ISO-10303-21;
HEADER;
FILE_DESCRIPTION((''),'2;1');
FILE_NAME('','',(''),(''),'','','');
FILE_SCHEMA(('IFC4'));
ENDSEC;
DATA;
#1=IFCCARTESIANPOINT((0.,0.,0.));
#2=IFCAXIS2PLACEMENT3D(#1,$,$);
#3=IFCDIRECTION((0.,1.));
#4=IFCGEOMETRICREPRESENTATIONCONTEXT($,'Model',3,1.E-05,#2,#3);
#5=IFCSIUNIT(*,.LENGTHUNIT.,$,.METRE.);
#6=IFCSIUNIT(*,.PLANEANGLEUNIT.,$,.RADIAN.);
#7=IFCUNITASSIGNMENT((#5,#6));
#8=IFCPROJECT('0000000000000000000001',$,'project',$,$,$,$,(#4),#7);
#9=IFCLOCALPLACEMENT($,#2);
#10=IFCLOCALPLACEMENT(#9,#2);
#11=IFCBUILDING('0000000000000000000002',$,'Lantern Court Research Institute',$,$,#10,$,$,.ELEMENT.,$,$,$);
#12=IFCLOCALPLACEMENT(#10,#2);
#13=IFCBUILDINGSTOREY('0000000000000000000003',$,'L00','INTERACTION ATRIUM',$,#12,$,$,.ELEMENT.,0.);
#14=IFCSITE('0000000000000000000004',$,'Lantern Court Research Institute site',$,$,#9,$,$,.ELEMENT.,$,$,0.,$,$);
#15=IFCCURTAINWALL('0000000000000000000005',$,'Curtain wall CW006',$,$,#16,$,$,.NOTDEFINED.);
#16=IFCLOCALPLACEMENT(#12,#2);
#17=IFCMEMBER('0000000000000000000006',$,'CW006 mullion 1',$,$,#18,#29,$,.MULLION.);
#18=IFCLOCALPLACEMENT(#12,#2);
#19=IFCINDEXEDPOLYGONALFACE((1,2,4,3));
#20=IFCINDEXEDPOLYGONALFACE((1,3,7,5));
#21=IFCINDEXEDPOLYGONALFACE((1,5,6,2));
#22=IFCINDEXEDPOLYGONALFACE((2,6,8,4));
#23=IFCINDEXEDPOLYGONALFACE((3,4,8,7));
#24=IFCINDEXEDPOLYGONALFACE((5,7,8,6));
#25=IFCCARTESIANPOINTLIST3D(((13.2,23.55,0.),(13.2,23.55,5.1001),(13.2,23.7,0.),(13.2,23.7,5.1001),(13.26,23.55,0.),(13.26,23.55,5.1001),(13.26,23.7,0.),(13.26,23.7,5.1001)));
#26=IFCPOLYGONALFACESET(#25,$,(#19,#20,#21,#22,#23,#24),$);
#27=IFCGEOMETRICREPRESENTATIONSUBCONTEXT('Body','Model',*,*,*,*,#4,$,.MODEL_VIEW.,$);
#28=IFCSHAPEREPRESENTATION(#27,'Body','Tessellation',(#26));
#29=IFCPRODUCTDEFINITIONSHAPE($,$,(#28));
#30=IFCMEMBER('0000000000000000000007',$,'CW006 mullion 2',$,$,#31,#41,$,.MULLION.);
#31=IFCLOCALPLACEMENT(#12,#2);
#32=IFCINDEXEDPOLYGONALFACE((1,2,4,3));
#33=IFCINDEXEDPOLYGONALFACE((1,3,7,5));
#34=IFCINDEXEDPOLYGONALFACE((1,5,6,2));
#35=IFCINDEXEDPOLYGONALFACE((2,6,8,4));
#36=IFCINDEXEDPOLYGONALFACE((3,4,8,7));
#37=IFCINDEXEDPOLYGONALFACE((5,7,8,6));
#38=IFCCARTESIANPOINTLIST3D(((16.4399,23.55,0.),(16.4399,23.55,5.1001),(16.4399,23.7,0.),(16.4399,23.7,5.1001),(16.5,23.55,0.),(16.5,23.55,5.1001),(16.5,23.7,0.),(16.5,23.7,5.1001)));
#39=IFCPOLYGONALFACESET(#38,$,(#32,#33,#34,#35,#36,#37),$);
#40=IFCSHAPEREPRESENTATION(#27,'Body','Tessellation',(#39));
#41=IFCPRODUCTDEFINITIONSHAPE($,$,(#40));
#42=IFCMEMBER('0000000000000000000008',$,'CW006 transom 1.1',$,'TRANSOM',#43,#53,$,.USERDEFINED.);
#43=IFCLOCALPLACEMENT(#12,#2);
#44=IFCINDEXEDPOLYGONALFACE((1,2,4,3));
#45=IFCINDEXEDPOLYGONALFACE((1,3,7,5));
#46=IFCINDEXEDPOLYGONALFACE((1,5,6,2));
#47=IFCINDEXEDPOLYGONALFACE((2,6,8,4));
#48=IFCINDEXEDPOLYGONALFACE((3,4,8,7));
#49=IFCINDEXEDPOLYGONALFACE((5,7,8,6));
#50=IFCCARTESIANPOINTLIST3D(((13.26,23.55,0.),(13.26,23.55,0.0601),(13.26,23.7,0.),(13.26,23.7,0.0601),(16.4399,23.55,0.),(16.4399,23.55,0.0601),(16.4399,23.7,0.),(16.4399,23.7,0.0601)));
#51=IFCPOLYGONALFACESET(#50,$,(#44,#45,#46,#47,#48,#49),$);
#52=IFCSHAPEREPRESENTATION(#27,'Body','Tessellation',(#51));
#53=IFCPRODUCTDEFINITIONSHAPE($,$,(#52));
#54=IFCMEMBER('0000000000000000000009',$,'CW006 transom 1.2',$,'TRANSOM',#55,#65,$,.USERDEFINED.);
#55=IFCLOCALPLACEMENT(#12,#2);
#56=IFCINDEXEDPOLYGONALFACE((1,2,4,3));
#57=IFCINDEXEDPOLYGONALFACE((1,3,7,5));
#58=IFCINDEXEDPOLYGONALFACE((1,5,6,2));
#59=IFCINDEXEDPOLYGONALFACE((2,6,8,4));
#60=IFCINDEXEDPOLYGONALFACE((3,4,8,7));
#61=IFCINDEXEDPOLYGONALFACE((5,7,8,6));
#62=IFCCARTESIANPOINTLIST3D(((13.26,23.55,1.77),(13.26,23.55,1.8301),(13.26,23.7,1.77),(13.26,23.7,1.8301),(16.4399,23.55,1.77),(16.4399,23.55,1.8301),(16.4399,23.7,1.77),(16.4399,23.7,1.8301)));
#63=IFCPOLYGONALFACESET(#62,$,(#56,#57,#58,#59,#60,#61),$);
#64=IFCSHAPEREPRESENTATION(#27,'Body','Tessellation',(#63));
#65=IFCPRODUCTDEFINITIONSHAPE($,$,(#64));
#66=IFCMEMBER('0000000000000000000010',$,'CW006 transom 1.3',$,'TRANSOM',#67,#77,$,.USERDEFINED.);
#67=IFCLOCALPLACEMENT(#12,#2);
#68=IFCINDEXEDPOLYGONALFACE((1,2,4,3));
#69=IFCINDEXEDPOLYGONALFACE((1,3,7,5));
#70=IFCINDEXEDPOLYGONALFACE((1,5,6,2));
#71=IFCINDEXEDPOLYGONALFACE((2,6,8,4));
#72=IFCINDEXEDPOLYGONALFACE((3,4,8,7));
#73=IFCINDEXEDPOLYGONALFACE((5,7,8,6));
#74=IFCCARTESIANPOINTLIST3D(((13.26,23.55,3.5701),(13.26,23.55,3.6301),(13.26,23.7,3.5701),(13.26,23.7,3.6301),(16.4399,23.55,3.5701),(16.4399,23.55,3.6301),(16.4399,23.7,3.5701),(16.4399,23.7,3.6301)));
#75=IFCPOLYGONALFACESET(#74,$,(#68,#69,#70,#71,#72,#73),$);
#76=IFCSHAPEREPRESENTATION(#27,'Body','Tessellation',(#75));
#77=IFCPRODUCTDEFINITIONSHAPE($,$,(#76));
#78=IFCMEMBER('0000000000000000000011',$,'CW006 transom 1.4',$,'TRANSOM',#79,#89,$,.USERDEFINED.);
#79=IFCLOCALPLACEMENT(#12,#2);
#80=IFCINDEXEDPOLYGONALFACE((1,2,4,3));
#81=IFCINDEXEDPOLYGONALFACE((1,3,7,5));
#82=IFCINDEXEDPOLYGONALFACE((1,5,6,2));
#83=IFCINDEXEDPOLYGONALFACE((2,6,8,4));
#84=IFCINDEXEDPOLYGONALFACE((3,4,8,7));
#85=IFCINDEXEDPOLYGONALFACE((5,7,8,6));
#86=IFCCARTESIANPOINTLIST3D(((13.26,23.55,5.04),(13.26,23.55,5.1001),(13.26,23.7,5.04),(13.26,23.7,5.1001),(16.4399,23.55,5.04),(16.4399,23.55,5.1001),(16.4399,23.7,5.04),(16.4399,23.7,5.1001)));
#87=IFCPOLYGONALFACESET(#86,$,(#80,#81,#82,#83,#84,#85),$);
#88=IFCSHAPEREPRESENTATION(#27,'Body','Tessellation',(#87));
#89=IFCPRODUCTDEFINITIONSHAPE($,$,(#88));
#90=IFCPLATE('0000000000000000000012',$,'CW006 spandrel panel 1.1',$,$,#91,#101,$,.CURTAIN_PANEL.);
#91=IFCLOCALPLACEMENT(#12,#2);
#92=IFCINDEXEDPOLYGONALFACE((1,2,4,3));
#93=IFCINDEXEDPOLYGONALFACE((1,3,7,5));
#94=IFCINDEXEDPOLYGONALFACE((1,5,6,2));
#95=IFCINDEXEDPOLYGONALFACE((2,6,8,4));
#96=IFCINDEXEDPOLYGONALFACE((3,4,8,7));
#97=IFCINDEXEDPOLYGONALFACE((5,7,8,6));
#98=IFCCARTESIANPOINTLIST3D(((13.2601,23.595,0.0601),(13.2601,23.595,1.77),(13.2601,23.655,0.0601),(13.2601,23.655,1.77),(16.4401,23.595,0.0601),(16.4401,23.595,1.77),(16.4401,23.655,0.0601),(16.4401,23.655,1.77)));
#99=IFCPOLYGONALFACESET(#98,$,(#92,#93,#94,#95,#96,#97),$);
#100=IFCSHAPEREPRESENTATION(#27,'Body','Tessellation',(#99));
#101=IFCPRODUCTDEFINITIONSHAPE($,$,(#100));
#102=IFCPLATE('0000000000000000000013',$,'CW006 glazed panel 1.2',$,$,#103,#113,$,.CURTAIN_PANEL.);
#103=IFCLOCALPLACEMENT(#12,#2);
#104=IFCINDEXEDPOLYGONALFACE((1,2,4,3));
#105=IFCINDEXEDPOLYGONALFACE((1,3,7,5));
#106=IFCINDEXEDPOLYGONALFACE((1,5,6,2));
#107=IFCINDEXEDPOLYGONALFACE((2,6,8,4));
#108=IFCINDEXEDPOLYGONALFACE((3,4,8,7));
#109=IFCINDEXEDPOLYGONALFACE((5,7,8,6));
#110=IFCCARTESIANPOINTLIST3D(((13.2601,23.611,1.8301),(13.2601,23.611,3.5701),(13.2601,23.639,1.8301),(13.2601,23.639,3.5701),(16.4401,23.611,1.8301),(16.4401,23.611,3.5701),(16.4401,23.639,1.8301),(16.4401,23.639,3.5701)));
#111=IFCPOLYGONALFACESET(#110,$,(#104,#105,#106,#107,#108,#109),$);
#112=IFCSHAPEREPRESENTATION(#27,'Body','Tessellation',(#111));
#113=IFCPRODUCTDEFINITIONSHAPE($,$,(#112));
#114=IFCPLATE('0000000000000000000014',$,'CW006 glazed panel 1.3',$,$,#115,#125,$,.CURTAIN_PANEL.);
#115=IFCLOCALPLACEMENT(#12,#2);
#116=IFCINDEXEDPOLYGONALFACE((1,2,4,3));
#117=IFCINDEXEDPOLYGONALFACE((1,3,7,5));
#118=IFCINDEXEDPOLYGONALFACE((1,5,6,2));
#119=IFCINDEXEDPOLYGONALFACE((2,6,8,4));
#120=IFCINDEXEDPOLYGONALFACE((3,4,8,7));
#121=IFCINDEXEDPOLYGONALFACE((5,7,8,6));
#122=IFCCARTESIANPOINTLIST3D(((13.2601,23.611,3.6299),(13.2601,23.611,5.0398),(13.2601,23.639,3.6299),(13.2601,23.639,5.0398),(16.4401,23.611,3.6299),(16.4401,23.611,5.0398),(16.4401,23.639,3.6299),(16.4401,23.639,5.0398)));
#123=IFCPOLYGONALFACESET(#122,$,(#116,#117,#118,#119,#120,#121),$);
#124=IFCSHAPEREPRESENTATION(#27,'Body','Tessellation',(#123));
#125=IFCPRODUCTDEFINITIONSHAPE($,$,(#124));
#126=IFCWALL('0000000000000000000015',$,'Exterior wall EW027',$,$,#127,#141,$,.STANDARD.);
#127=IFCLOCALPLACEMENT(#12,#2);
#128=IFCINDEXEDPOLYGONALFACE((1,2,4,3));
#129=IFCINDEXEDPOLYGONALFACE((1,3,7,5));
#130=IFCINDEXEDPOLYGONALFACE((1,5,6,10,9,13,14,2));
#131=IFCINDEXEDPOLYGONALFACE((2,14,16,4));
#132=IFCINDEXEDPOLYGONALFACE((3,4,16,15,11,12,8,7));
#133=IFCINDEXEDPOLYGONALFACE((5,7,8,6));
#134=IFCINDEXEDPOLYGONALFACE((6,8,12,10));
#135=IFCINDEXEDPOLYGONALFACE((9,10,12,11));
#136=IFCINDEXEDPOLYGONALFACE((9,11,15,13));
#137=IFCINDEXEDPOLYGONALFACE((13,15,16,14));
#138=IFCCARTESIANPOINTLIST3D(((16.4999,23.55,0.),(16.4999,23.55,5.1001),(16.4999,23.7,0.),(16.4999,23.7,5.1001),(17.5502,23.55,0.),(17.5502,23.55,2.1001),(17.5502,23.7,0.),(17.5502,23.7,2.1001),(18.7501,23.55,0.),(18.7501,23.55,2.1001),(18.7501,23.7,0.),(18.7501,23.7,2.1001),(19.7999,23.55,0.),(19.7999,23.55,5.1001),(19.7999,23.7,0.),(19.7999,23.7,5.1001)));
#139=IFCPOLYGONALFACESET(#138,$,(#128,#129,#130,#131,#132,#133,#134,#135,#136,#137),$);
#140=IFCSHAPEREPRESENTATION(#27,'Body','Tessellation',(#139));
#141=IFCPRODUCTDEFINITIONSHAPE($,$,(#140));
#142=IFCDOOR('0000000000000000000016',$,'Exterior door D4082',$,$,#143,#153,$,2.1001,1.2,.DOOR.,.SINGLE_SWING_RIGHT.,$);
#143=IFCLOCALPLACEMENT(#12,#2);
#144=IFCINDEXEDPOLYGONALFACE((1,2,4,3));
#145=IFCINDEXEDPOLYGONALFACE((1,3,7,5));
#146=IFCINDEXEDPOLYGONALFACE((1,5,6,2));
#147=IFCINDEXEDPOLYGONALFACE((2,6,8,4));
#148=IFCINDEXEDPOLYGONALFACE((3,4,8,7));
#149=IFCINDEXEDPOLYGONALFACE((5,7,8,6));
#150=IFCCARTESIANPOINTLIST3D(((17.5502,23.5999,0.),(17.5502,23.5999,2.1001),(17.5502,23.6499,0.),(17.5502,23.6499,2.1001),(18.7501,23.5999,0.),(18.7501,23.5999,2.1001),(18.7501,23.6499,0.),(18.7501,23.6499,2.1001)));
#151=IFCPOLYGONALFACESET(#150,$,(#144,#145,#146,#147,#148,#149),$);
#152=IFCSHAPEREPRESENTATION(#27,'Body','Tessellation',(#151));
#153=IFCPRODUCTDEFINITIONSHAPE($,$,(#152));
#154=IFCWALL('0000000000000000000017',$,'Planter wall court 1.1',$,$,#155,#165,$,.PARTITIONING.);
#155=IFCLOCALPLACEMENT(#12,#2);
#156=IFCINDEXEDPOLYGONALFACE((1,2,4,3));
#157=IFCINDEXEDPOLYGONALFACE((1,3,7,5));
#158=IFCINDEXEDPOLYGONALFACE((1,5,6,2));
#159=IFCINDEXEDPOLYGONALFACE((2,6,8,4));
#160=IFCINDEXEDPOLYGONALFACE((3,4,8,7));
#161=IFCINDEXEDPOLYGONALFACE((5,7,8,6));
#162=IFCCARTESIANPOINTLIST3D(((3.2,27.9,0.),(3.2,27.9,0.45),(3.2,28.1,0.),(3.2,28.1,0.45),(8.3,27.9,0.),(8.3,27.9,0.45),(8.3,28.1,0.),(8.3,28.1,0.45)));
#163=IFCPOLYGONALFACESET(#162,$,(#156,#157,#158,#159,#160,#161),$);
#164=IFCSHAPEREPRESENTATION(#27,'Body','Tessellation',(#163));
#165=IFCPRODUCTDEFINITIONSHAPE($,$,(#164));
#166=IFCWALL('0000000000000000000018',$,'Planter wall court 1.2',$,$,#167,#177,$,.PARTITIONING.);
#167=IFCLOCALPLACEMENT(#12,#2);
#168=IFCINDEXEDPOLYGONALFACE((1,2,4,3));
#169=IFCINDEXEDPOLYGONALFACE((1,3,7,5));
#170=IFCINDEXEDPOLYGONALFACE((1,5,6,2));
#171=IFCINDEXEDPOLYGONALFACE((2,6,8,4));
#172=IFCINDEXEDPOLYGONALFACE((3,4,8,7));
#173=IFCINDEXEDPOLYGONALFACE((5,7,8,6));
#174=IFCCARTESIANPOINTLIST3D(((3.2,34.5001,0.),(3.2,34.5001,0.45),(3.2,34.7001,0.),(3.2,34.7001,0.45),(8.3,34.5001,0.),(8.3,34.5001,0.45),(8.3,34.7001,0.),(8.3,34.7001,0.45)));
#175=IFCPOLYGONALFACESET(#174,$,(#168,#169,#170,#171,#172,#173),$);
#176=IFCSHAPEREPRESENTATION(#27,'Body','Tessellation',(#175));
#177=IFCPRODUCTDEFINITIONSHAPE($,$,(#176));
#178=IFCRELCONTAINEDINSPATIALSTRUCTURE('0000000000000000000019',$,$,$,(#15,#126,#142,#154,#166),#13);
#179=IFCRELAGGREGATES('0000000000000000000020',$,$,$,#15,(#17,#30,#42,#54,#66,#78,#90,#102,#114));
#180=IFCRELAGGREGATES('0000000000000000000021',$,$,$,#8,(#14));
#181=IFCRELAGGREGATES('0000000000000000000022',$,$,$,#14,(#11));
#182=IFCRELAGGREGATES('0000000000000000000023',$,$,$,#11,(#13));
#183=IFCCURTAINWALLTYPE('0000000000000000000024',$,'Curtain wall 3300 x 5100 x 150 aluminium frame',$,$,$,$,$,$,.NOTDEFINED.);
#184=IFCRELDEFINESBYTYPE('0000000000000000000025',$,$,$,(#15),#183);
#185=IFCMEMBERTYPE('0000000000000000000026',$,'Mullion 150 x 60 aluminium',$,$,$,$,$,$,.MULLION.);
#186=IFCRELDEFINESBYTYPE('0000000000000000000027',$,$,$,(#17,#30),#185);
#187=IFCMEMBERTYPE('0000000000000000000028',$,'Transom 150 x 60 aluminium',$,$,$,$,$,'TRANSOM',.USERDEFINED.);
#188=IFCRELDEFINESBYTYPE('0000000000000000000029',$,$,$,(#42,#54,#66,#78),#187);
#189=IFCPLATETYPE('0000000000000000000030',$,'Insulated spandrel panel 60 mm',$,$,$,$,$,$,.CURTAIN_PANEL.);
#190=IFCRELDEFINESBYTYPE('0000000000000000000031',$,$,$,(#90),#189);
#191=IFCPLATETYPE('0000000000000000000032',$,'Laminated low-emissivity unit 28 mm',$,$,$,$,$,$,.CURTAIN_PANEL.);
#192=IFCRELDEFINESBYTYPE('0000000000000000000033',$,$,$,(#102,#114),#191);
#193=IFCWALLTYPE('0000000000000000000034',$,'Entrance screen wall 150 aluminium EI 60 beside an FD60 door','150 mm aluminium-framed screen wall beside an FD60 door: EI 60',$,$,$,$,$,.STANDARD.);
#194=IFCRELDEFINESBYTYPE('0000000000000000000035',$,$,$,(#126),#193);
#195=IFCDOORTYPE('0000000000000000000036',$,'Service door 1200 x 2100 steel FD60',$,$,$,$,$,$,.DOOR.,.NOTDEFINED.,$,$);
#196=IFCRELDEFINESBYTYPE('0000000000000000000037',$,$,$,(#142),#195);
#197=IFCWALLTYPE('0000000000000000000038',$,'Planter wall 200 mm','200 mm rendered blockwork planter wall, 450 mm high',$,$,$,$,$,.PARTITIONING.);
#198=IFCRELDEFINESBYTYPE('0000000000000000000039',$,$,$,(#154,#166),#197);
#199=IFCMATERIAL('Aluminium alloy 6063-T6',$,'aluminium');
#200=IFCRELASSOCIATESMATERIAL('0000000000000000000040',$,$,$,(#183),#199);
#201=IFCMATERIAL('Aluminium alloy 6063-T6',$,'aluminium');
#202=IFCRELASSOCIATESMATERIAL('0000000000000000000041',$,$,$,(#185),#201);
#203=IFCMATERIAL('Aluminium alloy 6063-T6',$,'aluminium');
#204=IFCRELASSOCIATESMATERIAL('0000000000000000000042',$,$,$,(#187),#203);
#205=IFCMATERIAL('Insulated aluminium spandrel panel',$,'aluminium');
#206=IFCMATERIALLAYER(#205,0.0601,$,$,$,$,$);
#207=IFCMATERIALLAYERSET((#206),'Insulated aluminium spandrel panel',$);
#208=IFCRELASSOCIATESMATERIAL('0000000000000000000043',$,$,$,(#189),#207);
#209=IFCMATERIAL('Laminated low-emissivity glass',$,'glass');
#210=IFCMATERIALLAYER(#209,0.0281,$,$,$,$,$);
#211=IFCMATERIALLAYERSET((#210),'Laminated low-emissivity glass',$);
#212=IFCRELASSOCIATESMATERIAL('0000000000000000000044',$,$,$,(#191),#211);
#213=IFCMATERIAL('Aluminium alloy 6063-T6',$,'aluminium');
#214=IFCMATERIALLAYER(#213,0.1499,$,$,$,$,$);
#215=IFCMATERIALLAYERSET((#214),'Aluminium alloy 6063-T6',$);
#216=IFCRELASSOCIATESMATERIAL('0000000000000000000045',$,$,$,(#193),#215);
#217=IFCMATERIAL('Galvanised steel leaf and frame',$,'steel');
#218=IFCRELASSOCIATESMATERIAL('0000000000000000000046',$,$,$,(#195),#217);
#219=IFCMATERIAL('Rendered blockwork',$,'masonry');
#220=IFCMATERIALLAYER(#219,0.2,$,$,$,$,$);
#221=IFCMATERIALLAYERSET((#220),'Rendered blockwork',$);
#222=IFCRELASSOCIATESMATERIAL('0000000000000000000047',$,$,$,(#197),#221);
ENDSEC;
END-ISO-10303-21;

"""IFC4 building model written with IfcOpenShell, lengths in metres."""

from ifc_helpers import new_model, si_unit, direction, frame, frame_2d, origin, origin_2d, place, context, subcontext, project, spatial, rectangle, extrude, material, layer, layer_set, material_profile, profile_set, type_object, element, fill, aggregate, save


model = new_model("IFC4")

# Units and contexts
model_context = context("Model", 3, precision=1e-05, world=origin(), true_north=direction((0.0, 1.0)))
body_context = subcontext(model_context, "Body", "Model", "MODEL_VIEW")
ifc_project = project(units=[si_unit("LENGTHUNIT", "METRE"), si_unit("PLANEANGLEUNIT", "RADIAN")], contexts=[model_context])

# Site, building, storey
site_placement = place(None, origin())
site = spatial("IfcSite", under=ifc_project, at=site_placement, Name="Lantern Court Research Institute site", CompositionType="ELEMENT", RefElevation=0.0)
building_placement = place(site_placement, origin())
building = spatial("IfcBuilding", under=site, at=building_placement, Name="Lantern Court Research Institute", CompositionType="ELEMENT")
storey_placement = place(building_placement, origin())
storey = spatial("IfcBuildingStorey", under=building, at=storey_placement, Name="L00", Description="INTERACTION ATRIUM", CompositionType="ELEMENT", Elevation=0.0)

# Curtain wall, members, plates
ifc_material_1 = material(Name="Aluminium alloy 6063-T6", Category="aluminium")
curtain_wall_type = type_object("IfcCurtainWallType", Name="Curtain wall 3300 x 5100 x 150 aluminium frame", PredefinedType="NOTDEFINED", material=ifc_material_1)
curtain_wall_placement = place(storey_placement, origin())
curtain_wall = element("IfcCurtainWall", 1, at=curtain_wall_placement, inside=storey, type_object=curtain_wall_type, Name="Curtain wall CW006", PredefinedType="NOTDEFINED")
ifc_material_2 = material(Name="Aluminium alloy 6063-T6", Category="aluminium")
ifc_material_profile_1 = material_profile(ifc_material_2, rectangle(XDim=0.1499, YDim=0.0601, at=origin_2d()), Name="Mullion 150 x 60")
ifc_profile_set_1 = profile_set([ifc_material_profile_1], Name="Aluminium alloy 6063-T6")
member_type_1 = type_object("IfcMemberType", Name="Mullion 150 x 60 aluminium", PredefinedType="MULLION", material=ifc_profile_set_1)
member_1_placement = place(storey_placement, frame((13.23, 23.625, 0.0), z_axis=(0.0, 0.0, 1.0), x_axis=(0.0, 1.0, 0.0)))
member_1 = element("IfcMember", 2, at=member_1_placement, type_object=member_type_1, Name="CW006 mullion 1", PredefinedType="MULLION", context=body_context, shape_type="SweptSolid", body=[
    extrude(rectangle(XDim=0.1499, YDim=0.0601, at=origin_2d()), origin(), (0.0, 0.0, 1.0), 5.1001),
])
member_2_placement = place(storey_placement, frame((16.47, 23.625, 0.0), z_axis=(0.0, 0.0, 1.0), x_axis=(0.0, 1.0, 0.0)))
member_2 = element("IfcMember", 3, at=member_2_placement, type_object=member_type_1, Name="CW006 mullion 2", PredefinedType="MULLION", context=body_context, shape_type="SweptSolid", body=[
    extrude(rectangle(XDim=0.1499, YDim=0.0601, at=origin_2d()), origin(), (0.0, 0.0, 1.0), 5.1001),
])
ifc_material_3 = material(Name="Aluminium alloy 6063-T6", Category="aluminium")
ifc_material_profile_2 = material_profile(ifc_material_3, rectangle(XDim=0.1499, YDim=0.0601, at=origin_2d()), Name="Transom 150 x 60")
ifc_profile_set_2 = profile_set([ifc_material_profile_2], Name="Aluminium alloy 6063-T6")
member_type_2 = type_object("IfcMemberType", Name="Transom 150 x 60 aluminium", ElementType="TRANSOM", PredefinedType="USERDEFINED", material=ifc_profile_set_2)
member_3_placement = place(storey_placement, frame((13.26, 23.625, 0.03), z_axis=(1.0, 0.0, 0.0), x_axis=(0.0, 1.0, 0.0)))
member_3 = element("IfcMember", 4, at=member_3_placement, type_object=member_type_2, Name="CW006 transom 1.1", ObjectType="TRANSOM", PredefinedType="USERDEFINED", context=body_context, shape_type="SweptSolid", body=[
    extrude(rectangle(XDim=0.1499, YDim=0.0601, at=origin_2d()), origin(), (0.0, 0.0, 1.0), 3.1799),
])
member_4_placement = place(storey_placement, frame((13.26, 23.625, 1.8), z_axis=(1.0, 0.0, 0.0), x_axis=(0.0, 1.0, 0.0)))
member_4 = element("IfcMember", 5, at=member_4_placement, type_object=member_type_2, Name="CW006 transom 1.2", ObjectType="TRANSOM", PredefinedType="USERDEFINED", context=body_context, shape_type="SweptSolid", body=[
    extrude(rectangle(XDim=0.1499, YDim=0.0601, at=origin_2d()), origin(), (0.0, 0.0, 1.0), 3.1799),
])
member_5_placement = place(storey_placement, frame((13.26, 23.625, 3.6001), z_axis=(1.0, 0.0, 0.0), x_axis=(0.0, 1.0, 0.0)))
member_5 = element("IfcMember", 6, at=member_5_placement, type_object=member_type_2, Name="CW006 transom 1.3", ObjectType="TRANSOM", PredefinedType="USERDEFINED", context=body_context, shape_type="SweptSolid", body=[
    extrude(rectangle(XDim=0.1499, YDim=0.0601, at=origin_2d()), origin(), (0.0, 0.0, 1.0), 3.1799),
])
member_6_placement = place(storey_placement, frame((13.26, 23.625, 5.0701), z_axis=(1.0, 0.0, 0.0), x_axis=(0.0, 1.0, 0.0)))
member_6 = element("IfcMember", 7, at=member_6_placement, type_object=member_type_2, Name="CW006 transom 1.4", ObjectType="TRANSOM", PredefinedType="USERDEFINED", context=body_context, shape_type="SweptSolid", body=[
    extrude(rectangle(XDim=0.1499, YDim=0.0601, at=origin_2d()), origin(), (0.0, 0.0, 1.0), 3.1799),
])
ifc_material_4 = material(Name="Insulated aluminium spandrel panel", Category="aluminium")
ifc_layer_1 = layer(ifc_material_4, 0.0601)
ifc_layer_set_1 = layer_set([ifc_layer_1], Name="Insulated aluminium spandrel panel")
plate_type_1 = type_object("IfcPlateType", Name="Insulated spandrel panel 60 mm", PredefinedType="CURTAIN_PANEL", material=ifc_layer_set_1)
plate_1_placement = place(storey_placement, frame((14.8501, 23.625, 0.0601), z_axis=(0.0, 0.0, 1.0), x_axis=(1.0, 0.0, 0.0)))
plate_1 = element("IfcPlate", 8, at=plate_1_placement, type_object=plate_type_1, Name="CW006 spandrel panel 1.1", PredefinedType="CURTAIN_PANEL", context=body_context, shape_type="SweptSolid", body=[
    extrude(rectangle(XDim=3.1799, YDim=0.0601, at=origin_2d()), origin(), (0.0, 0.0, 1.0), 1.71),
])
ifc_material_5 = material(Name="Laminated low-emissivity glass", Category="glass")
ifc_layer_2 = layer(ifc_material_5, 0.0281)
ifc_layer_set_2 = layer_set([ifc_layer_2], Name="Laminated low-emissivity glass")
plate_type_2 = type_object("IfcPlateType", Name="Laminated low-emissivity unit 28 mm", PredefinedType="CURTAIN_PANEL", material=ifc_layer_set_2)
plate_2_placement = place(storey_placement, frame((14.8501, 23.625, 1.8301), z_axis=(0.0, 0.0, 1.0), x_axis=(1.0, 0.0, 0.0)))
plate_2 = element("IfcPlate", 9, at=plate_2_placement, type_object=plate_type_2, Name="CW006 glazed panel 1.2", PredefinedType="CURTAIN_PANEL", context=body_context, shape_type="SweptSolid", body=[
    extrude(rectangle(XDim=3.1799, YDim=0.0281, at=origin_2d()), origin(), (0.0, 0.0, 1.0), 1.74),
])
plate_3_placement = place(storey_placement, frame((14.8501, 23.625, 3.6299), z_axis=(0.0, 0.0, 1.0), x_axis=(1.0, 0.0, 0.0)))
plate_3 = element("IfcPlate", 10, at=plate_3_placement, type_object=plate_type_2, Name="CW006 glazed panel 1.3", PredefinedType="CURTAIN_PANEL", context=body_context, shape_type="SweptSolid", body=[
    extrude(rectangle(XDim=3.1799, YDim=0.0281, at=origin_2d()), origin(), (0.0, 0.0, 1.0), 1.4099),
])
aggregate(curtain_wall, [member_1, member_2, member_3, member_4, member_5, member_6, plate_1, plate_2, plate_3])

# Wall, opening, door
ifc_material_6 = material(Name="Aluminium alloy 6063-T6", Category="aluminium")
ifc_layer_3 = layer(ifc_material_6, 0.1499)
ifc_layer_set_3 = layer_set([ifc_layer_3], Name="Aluminium alloy 6063-T6")
wall_type_1 = type_object("IfcWallType", Name="Entrance screen wall 150 aluminium EI 60 beside an FD60 door", Description="150 mm aluminium-framed screen wall beside an FD60 door: EI 60", PredefinedType="STANDARD", material=ifc_layer_set_3)
wall_placement = place(storey_placement, frame((16.5, 23.625, 0.0), z_axis=(0.0, 0.0, 1.0), x_axis=(1.0, 0.0, 0.0)))
wall = element("IfcWall", 11, at=wall_placement, inside=storey, type_object=wall_type_1, Name="Exterior wall EW027", PredefinedType="STANDARD", context=body_context, shape_type="SweptSolid", body=[
    extrude(rectangle(XDim=3.3, YDim=0.1499, at=frame_2d((1.6499, 0.0))), origin(), (0.0, 0.0, 1.0), 5.1001),
])
opening_placement = place(wall_placement, frame((1.05, 0.0, 0.0)))
opening = element("IfcOpeningElement", 12, at=opening_placement, cuts=wall, PredefinedType="OPENING", context=body_context, shape_type="SweptSolid", body=[
    extrude(rectangle(XDim=1.2, YDim=2.1001, at=frame_2d((0.6001, 1.05))), frame((0.0, 0.085, 0.0), z_axis=(0.0, -1.0, 0.0), x_axis=(1.0, 0.0, 0.0)), (0.0, 0.0, 1.0), 0.1699),
])
ifc_material_7 = material(Name="Galvanised steel leaf and frame", Category="steel")
door_type = type_object("IfcDoorType", Name="Service door 1200 x 2100 steel FD60", OperationType="NOTDEFINED", PredefinedType="DOOR", material=ifc_material_7)
door_placement = place(opening_placement, origin())
door = element("IfcDoor", 13, at=door_placement, inside=storey, type_object=door_type, Name="Exterior door D4082", OperationType="SINGLE_SWING_RIGHT", OverallHeight=2.1001, OverallWidth=1.2, PredefinedType="DOOR", context=body_context, shape_type="SweptSolid", body=[
    extrude(rectangle(XDim=1.2, YDim=2.1001, at=frame_2d((0.6001, 1.05))), frame((0.0, 0.0249, 0.0), z_axis=(0.0, -1.0, 0.0), x_axis=(1.0, 0.0, 0.0)), (0.0, 0.0, 1.0), 0.05),
])
fill(opening, door)

# Walls
ifc_material_8 = material(Name="Rendered blockwork", Category="masonry")
ifc_layer_4 = layer(ifc_material_8, 0.2)
ifc_layer_set_4 = layer_set([ifc_layer_4], Name="Rendered blockwork")
wall_type_2 = type_object("IfcWallType", Name="Planter wall 200 mm", Description="200 mm rendered blockwork planter wall, 450 mm high", PredefinedType="PARTITIONING", material=ifc_layer_set_4)
for number, where, z_axis, x_axis, name in (
    (14, (3.2, 28.0, 0.0), (0.0, 0.0, 1.0), (1.0, 0.0, 0.0), "Planter wall court 1.1"),
    (15, (3.2, 34.6001, 0.0), (0.0, 0.0, 1.0), (1.0, 0.0, 0.0), "Planter wall court 1.2"),
):
    element("IfcWall", number, at=place(storey_placement, frame(where, z_axis=z_axis, x_axis=x_axis)), inside=storey, type_object=wall_type_2, Name=name, PredefinedType="PARTITIONING", context=body_context, shape_type="SweptSolid", body=[
        extrude(rectangle(XDim=5.1001, YDim=0.2, at=frame_2d((2.55, 0.0))), origin(), (0.0, 0.0, 1.0), 0.45),
    ])

save(model, "model.ifc")
